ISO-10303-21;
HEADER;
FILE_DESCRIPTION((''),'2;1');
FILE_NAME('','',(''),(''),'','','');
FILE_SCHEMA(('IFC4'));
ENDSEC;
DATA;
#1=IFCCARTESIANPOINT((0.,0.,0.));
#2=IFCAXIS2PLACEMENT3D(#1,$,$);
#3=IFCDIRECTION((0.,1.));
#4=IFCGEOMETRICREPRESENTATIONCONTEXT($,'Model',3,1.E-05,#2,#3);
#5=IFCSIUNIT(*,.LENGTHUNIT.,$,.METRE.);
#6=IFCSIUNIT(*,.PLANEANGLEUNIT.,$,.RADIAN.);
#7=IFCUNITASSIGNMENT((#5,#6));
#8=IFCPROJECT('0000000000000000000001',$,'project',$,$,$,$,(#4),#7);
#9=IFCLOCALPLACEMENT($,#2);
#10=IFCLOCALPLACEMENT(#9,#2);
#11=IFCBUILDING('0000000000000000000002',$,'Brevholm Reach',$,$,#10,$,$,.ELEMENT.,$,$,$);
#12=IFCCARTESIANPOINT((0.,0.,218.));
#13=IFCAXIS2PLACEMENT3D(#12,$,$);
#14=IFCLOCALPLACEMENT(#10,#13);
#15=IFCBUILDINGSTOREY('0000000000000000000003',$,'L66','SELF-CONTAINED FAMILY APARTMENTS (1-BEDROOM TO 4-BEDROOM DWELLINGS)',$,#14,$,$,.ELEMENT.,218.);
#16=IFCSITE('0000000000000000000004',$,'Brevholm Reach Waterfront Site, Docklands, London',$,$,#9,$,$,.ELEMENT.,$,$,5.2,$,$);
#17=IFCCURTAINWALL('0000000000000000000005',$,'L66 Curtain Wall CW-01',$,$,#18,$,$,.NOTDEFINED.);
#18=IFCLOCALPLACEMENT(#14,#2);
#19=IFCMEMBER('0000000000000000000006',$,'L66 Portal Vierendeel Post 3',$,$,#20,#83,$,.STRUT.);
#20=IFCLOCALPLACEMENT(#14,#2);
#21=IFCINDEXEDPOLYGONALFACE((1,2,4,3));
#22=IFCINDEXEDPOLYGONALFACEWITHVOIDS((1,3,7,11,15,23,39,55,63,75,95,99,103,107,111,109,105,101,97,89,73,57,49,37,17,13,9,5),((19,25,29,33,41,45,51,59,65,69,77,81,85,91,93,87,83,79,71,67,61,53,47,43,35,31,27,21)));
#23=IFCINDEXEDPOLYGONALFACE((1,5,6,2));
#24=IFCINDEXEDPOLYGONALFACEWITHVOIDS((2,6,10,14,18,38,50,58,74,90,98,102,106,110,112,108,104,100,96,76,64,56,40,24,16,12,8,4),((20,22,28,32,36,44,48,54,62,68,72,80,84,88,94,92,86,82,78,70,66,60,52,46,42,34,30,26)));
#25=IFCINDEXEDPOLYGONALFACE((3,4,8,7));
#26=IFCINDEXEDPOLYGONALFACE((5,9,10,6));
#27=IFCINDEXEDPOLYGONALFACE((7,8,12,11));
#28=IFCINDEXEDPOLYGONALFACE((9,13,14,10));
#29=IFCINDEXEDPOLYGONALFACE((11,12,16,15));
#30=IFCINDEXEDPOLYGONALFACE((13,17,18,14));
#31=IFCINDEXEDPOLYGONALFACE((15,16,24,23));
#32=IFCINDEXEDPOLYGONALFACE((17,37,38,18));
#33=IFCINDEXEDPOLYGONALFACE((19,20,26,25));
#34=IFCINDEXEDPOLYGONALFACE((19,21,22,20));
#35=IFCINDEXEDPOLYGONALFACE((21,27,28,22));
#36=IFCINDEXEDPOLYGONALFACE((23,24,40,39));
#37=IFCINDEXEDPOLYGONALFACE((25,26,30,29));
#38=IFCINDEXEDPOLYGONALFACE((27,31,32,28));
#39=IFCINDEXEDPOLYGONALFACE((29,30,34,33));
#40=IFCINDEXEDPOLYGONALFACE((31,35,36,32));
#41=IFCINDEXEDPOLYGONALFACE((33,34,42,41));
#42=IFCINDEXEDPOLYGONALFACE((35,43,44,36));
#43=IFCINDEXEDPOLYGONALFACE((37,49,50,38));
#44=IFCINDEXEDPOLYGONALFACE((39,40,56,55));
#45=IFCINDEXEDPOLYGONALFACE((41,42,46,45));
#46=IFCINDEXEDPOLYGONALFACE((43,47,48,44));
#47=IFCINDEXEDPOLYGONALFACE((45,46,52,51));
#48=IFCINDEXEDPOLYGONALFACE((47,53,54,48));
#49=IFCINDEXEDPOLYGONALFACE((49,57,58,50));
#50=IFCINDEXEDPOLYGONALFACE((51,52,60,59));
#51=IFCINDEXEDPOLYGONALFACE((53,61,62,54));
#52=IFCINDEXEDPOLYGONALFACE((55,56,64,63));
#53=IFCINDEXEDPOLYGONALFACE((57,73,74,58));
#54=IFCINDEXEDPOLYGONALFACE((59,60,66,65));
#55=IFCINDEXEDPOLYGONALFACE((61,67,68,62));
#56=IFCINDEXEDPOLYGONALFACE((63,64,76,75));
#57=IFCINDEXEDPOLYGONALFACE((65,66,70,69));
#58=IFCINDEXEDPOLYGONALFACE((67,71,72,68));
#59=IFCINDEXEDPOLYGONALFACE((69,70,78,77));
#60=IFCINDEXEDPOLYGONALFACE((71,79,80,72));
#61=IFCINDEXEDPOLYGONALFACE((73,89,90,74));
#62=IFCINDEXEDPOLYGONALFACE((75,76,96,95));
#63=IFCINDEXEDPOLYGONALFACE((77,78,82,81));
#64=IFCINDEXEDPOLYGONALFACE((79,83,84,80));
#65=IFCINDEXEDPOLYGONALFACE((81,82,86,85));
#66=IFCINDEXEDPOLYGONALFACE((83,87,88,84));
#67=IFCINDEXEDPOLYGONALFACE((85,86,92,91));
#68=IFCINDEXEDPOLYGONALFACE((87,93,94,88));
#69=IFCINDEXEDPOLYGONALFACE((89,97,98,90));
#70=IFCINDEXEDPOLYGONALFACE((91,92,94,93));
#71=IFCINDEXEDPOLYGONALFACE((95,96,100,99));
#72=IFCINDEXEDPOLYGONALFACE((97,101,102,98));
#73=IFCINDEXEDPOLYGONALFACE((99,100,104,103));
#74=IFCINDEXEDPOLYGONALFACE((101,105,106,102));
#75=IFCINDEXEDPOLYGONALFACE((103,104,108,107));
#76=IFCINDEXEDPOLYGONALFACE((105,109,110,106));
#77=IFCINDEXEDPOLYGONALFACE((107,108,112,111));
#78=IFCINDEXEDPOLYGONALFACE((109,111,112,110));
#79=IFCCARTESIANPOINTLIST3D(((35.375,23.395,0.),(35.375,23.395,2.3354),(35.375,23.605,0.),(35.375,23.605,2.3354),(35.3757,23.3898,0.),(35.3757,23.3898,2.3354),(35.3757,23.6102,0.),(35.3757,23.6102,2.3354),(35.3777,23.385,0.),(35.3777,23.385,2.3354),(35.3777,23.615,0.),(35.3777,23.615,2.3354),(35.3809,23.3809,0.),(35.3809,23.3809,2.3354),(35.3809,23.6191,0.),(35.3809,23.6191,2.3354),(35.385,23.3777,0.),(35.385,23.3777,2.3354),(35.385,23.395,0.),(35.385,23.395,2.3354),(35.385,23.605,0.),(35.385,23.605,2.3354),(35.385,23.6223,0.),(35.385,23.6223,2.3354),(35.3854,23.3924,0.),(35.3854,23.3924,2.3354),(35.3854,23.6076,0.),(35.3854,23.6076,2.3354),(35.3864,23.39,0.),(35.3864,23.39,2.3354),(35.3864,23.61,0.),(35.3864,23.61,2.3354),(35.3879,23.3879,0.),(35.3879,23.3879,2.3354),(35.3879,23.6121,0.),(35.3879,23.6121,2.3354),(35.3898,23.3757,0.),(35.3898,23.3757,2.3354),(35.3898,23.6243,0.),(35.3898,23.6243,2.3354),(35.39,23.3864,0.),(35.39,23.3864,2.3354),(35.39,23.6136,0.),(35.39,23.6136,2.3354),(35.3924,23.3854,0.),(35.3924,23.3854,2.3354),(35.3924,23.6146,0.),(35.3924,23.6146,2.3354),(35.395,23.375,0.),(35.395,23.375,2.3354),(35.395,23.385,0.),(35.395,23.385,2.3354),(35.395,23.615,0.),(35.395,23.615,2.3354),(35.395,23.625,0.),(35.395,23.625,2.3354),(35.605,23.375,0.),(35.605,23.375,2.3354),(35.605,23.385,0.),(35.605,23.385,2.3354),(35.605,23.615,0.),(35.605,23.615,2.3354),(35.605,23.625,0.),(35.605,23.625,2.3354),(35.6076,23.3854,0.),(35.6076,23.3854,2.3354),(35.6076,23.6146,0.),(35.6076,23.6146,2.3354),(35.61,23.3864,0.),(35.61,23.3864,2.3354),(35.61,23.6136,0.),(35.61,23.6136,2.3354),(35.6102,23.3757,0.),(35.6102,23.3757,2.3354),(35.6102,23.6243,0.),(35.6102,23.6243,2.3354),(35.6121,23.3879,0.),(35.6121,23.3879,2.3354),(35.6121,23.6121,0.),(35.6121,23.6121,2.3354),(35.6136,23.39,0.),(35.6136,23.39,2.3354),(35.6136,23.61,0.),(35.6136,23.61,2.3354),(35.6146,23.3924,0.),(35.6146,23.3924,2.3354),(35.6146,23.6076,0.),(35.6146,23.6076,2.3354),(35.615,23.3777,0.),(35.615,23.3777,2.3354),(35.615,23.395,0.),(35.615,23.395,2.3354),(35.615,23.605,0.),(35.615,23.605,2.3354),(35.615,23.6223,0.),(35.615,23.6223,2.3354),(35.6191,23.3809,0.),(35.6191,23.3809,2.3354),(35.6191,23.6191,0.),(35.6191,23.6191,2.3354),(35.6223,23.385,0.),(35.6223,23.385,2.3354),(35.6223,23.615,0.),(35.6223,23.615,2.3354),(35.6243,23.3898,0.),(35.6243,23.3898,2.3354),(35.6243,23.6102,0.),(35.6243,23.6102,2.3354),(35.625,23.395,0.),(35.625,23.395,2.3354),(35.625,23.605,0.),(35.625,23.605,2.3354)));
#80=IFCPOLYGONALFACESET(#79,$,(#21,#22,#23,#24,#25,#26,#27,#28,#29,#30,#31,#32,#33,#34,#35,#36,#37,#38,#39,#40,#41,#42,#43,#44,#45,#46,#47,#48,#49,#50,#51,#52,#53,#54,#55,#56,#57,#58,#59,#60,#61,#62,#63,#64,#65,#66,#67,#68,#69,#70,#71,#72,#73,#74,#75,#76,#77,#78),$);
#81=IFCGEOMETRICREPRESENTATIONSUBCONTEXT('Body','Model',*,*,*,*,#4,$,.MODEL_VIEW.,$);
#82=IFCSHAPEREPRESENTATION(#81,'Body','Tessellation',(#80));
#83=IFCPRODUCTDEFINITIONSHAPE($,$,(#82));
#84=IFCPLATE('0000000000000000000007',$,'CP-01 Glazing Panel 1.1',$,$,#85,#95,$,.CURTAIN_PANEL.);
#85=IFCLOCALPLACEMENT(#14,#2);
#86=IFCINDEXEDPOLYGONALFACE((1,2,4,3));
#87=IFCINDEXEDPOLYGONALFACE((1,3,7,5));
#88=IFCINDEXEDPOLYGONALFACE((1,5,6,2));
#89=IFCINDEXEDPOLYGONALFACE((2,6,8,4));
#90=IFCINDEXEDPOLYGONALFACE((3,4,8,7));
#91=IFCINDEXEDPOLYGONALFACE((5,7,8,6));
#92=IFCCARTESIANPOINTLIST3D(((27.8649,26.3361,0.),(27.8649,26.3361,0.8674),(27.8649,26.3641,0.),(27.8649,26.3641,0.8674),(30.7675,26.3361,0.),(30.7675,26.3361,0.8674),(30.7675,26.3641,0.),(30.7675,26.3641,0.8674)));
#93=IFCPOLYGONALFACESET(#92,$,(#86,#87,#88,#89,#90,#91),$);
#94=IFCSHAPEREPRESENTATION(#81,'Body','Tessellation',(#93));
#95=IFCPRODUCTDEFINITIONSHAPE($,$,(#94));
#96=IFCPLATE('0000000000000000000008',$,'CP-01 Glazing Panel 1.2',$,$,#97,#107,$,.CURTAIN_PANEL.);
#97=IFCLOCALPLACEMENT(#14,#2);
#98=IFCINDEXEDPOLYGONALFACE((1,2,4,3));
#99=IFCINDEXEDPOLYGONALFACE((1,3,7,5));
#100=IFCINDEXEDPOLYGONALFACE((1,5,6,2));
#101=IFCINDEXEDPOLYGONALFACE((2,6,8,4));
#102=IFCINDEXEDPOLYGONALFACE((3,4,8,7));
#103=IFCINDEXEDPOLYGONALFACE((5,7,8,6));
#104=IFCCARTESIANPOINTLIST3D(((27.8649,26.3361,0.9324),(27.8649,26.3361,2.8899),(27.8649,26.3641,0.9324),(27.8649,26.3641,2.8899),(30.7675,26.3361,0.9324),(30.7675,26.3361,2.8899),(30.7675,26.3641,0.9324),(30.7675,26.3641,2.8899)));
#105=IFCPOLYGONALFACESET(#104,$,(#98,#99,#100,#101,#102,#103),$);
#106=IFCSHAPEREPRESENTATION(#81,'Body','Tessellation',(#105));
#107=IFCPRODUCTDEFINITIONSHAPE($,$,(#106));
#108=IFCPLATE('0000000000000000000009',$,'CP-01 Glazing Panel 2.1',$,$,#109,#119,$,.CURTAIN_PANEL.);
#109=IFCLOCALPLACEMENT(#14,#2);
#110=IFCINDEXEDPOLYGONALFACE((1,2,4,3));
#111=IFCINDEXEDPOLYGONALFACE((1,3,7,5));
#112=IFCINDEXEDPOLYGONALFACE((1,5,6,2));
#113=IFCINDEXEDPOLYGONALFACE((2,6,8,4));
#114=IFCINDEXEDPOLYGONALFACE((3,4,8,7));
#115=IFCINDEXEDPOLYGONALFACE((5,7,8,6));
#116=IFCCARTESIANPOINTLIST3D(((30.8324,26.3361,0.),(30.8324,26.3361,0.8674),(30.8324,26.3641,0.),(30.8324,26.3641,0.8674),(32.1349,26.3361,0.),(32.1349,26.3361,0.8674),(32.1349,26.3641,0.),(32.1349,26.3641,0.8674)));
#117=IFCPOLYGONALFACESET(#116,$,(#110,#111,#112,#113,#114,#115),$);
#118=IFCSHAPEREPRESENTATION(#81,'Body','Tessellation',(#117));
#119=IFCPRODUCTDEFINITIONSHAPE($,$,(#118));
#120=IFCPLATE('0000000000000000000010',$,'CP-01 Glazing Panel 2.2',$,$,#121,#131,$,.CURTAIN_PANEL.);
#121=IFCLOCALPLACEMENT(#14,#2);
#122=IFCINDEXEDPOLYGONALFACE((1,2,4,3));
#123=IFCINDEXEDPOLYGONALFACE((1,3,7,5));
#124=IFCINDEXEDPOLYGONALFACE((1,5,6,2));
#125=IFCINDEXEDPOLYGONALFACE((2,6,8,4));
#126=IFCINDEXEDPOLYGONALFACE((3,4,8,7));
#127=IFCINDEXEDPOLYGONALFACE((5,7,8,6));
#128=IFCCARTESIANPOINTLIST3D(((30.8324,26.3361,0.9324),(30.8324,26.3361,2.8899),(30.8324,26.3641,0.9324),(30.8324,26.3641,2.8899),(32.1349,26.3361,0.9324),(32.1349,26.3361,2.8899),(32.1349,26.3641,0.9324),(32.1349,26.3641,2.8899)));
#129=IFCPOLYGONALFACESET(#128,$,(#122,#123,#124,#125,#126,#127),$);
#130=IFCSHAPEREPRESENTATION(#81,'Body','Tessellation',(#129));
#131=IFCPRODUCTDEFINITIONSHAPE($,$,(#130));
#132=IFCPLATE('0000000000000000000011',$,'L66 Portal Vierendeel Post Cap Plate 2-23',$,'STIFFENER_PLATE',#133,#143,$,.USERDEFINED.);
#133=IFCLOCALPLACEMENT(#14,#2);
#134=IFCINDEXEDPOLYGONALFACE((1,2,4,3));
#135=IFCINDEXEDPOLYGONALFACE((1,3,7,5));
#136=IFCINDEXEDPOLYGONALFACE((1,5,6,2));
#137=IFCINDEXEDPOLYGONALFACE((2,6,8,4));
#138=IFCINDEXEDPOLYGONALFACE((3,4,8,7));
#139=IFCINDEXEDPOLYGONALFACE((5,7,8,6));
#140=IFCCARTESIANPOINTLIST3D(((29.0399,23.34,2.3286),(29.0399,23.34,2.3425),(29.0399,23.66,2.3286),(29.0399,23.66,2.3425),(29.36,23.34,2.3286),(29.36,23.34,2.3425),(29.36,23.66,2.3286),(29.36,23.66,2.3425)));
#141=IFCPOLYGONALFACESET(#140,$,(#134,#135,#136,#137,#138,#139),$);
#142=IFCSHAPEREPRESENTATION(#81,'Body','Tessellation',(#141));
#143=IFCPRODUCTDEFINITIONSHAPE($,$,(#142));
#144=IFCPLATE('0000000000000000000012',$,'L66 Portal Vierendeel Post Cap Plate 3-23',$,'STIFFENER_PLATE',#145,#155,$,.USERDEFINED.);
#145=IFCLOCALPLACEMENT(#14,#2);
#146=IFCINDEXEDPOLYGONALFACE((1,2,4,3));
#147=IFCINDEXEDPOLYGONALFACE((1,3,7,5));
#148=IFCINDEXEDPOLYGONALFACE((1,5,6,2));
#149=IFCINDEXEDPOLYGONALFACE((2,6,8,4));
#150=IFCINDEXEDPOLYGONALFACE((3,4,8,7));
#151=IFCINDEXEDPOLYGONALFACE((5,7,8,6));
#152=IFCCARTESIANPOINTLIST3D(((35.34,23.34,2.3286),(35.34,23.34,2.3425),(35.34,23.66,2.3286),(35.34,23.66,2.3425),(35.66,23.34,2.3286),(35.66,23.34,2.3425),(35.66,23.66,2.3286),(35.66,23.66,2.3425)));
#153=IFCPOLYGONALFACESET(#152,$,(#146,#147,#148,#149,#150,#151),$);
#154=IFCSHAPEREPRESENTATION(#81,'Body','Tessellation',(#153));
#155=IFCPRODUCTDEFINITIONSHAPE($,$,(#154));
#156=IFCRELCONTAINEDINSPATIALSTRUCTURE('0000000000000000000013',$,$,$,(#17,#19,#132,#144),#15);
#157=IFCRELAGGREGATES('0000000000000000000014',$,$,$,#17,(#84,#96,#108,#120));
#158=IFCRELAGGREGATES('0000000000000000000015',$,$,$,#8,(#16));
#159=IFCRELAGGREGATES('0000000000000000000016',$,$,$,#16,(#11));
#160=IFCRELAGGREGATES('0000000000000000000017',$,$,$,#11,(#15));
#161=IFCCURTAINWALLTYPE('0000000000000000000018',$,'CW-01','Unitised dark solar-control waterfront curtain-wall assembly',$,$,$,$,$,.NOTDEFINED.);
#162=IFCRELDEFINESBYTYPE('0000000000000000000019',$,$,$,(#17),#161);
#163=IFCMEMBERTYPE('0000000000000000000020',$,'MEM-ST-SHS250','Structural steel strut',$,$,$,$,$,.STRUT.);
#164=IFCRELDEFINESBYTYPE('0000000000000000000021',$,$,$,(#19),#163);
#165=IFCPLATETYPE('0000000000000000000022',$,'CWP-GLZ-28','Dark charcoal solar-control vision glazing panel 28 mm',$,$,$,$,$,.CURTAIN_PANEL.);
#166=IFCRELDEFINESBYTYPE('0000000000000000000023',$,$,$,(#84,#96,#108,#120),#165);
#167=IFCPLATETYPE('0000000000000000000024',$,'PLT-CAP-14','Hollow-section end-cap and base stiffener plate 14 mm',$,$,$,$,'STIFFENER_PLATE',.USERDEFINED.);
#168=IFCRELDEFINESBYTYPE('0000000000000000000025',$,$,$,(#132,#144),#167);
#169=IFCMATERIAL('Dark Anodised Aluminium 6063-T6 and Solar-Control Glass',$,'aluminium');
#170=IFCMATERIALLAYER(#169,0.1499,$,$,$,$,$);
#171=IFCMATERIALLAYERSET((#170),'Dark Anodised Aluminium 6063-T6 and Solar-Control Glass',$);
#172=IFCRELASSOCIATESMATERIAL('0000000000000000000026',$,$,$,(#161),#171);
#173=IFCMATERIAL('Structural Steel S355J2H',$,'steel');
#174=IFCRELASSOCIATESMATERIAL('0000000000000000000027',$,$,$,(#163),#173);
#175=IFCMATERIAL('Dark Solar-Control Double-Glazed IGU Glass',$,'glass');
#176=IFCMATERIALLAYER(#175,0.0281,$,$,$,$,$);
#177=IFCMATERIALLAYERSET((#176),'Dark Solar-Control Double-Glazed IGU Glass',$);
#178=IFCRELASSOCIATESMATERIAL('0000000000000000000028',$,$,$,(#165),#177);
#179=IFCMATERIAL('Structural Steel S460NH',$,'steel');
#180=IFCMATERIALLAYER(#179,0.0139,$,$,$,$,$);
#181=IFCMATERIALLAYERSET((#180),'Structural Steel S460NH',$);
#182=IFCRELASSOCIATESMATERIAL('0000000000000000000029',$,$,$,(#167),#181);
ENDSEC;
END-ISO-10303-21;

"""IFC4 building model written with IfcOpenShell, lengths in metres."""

from ifc_helpers import new_model, si_unit, direction, frame, origin, origin_2d, place, context, subcontext, project, spatial, rectangle, hollow_rectangle, extrude, material, layer, layer_set, material_profile, profile_set, type_object, element, aggregate, save


model = new_model("IFC4")

# Units and contexts
model_context = context("Model", 3, precision=1e-05, world=origin(), true_north=direction((0.0, 1.0)))
body_context = subcontext(model_context, "Body", "Model", "MODEL_VIEW")
ifc_project = project(units=[si_unit("LENGTHUNIT", "METRE"), si_unit("PLANEANGLEUNIT", "RADIAN")], contexts=[model_context])

# Site, building, storey
site_placement = place(None, origin())
site = spatial("IfcSite", under=ifc_project, at=site_placement, Name="Brevholm Reach Waterfront Site, Docklands, London", CompositionType="ELEMENT", RefElevation=5.2)
building_placement = place(site_placement, origin())
building = spatial("IfcBuilding", under=site, at=building_placement, Name="Brevholm Reach", CompositionType="ELEMENT")
storey_placement = place(building_placement, frame((0.0, 0.0, 218.0)))
storey = spatial("IfcBuildingStorey", under=building, at=storey_placement, Name="L66", Description="SELF-CONTAINED FAMILY APARTMENTS (1-BEDROOM TO 4-BEDROOM DWELLINGS)", CompositionType="ELEMENT", Elevation=218.0)

# Curtain wall
ifc_material_1 = material(Name="Dark Anodised Aluminium 6063-T6 and Solar-Control Glass", Category="aluminium")
ifc_layer_1 = layer(ifc_material_1, 0.1499)
ifc_layer_set_1 = layer_set([ifc_layer_1], Name="Dark Anodised Aluminium 6063-T6 and Solar-Control Glass")
curtain_wall_type = type_object("IfcCurtainWallType", Name="CW-01", Description="Unitised dark solar-control waterfront curtain-wall assembly", PredefinedType="NOTDEFINED", material=ifc_layer_set_1)
curtain_wall_placement = place(storey_placement, origin())
curtain_wall = element("IfcCurtainWall", 1, at=curtain_wall_placement, inside=storey, type_object=curtain_wall_type, Name="L66 Curtain Wall CW-01", PredefinedType="NOTDEFINED")

# Member
ifc_material_2 = material(Name="Structural Steel S355J2H", Category="steel")
ifc_material_profile_1 = material_profile(ifc_material_2, hollow_rectangle(XDim=0.25, YDim=0.25, WallThickness=0.01, InnerFilletRadius=0.01, OuterFilletRadius=0.02, at=origin_2d()), Name="SHS 250x250x10")
ifc_profile_set_1 = profile_set([ifc_material_profile_1], Name="Structural Steel S355J2H")
member_type_1 = type_object("IfcMemberType", Name="MEM-ST-SHS250", Description="Structural steel strut", PredefinedType="STRUT", material=ifc_profile_set_1)
for number, where, z_axis, x_axis, name in (
    (2, (35.5, 23.5, 0.0), (0.0, 0.0, 1.0), (1.0, 0.0, 0.0), "L66 Portal Vierendeel Post 3"),
):
    element("IfcMember", number, at=place(storey_placement, frame(where, z_axis=z_axis, x_axis=x_axis)), inside=storey, type_object=member_type_1, Name=name, PredefinedType="STRUT", context=body_context, shape_type="SweptSolid", body=[
        extrude(hollow_rectangle(XDim=0.25, YDim=0.25, WallThickness=0.01, InnerFilletRadius=0.01, OuterFilletRadius=0.02, at=origin_2d()), origin(), (0.0, 0.0, 1.0), 2.3354),
    ])

# Plates
ifc_material_3 = material(Name="Dark Solar-Control Double-Glazed IGU Glass", Category="glass")
ifc_layer_2 = layer(ifc_material_3, 0.0281)
ifc_layer_set_2 = layer_set([ifc_layer_2], Name="Dark Solar-Control Double-Glazed IGU Glass")
plate_type_1 = type_object("IfcPlateType", Name="CWP-GLZ-28", Description="Dark charcoal solar-control vision glazing panel 28 mm", PredefinedType="CURTAIN_PANEL", material=ifc_layer_set_2)
plate_1_placement = place(storey_placement, frame((29.3162, 26.3501, 0.0), z_axis=(0.0, 0.0, 1.0), x_axis=(1.0, 0.0, 0.0)))
plate_1 = element("IfcPlate", 3, at=plate_1_placement, type_object=plate_type_1, Name="CP-01 Glazing Panel 1.1", PredefinedType="CURTAIN_PANEL", context=body_context, shape_type="SweptSolid", body=[
    extrude(rectangle(XDim=2.9026, YDim=0.0281, at=origin_2d()), origin(), (0.0, 0.0, 1.0), 0.8674),
])
plate_2_placement = place(storey_placement, frame((29.3162, 26.3501, 0.9324), z_axis=(0.0, 0.0, 1.0), x_axis=(1.0, 0.0, 0.0)))
plate_2 = element("IfcPlate", 4, at=plate_2_placement, type_object=plate_type_1, Name="CP-01 Glazing Panel 1.2", PredefinedType="CURTAIN_PANEL", context=body_context, shape_type="SweptSolid", body=[
    extrude(rectangle(XDim=2.9026, YDim=0.0281, at=origin_2d()), origin(), (0.0, 0.0, 1.0), 1.9575),
])
plate_3_placement = place(storey_placement, frame((31.4836, 26.3501, 0.0), z_axis=(0.0, 0.0, 1.0), x_axis=(1.0, 0.0, 0.0)))
plate_3 = element("IfcPlate", 5, at=plate_3_placement, type_object=plate_type_1, Name="CP-01 Glazing Panel 2.1", PredefinedType="CURTAIN_PANEL", context=body_context, shape_type="SweptSolid", body=[
    extrude(rectangle(XDim=1.3025, YDim=0.0281, at=origin_2d()), origin(), (0.0, 0.0, 1.0), 0.8674),
])
plate_4_placement = place(storey_placement, frame((31.4836, 26.3501, 0.9324), z_axis=(0.0, 0.0, 1.0), x_axis=(1.0, 0.0, 0.0)))
plate_4 = element("IfcPlate", 6, at=plate_4_placement, type_object=plate_type_1, Name="CP-01 Glazing Panel 2.2", PredefinedType="CURTAIN_PANEL", context=body_context, shape_type="SweptSolid", body=[
    extrude(rectangle(XDim=1.3025, YDim=0.0281, at=origin_2d()), origin(), (0.0, 0.0, 1.0), 1.9575),
])
aggregate(curtain_wall, [plate_1, plate_2, plate_3, plate_4])

# Plates
ifc_material_4 = material(Name="Structural Steel S460NH", Category="steel")
ifc_layer_3 = layer(ifc_material_4, 0.0139)
ifc_layer_set_3 = layer_set([ifc_layer_3], Name="Structural Steel S460NH")
plate_type_2 = type_object("IfcPlateType", Name="PLT-CAP-14", Description="Hollow-section end-cap and base stiffener plate 14 mm", ElementType="STIFFENER_PLATE", PredefinedType="USERDEFINED", material=ifc_layer_set_3)
for number, where, z_axis, x_axis, name in (
    (7, (29.2, 23.5, 2.3286), (0.0, 0.0, 1.0), (1.0, 0.0, 0.0), "L66 Portal Vierendeel Post Cap Plate 2-23"),
    (8, (35.5, 23.5, 2.3286), (0.0, 0.0, 1.0), (1.0, 0.0, 0.0), "L66 Portal Vierendeel Post Cap Plate 3-23"),
):
    element("IfcPlate", number, at=place(storey_placement, frame(where, z_axis=z_axis, x_axis=x_axis)), inside=storey, type_object=plate_type_2, Name=name, ObjectType="STIFFENER_PLATE", PredefinedType="USERDEFINED", context=body_context, shape_type="SweptSolid", body=[
        extrude(rectangle(XDim=0.3201, YDim=0.3201, at=origin_2d()), origin(), (0.0, 0.0, 1.0), 0.0139),
    ])

save(model, "model.ifc")
